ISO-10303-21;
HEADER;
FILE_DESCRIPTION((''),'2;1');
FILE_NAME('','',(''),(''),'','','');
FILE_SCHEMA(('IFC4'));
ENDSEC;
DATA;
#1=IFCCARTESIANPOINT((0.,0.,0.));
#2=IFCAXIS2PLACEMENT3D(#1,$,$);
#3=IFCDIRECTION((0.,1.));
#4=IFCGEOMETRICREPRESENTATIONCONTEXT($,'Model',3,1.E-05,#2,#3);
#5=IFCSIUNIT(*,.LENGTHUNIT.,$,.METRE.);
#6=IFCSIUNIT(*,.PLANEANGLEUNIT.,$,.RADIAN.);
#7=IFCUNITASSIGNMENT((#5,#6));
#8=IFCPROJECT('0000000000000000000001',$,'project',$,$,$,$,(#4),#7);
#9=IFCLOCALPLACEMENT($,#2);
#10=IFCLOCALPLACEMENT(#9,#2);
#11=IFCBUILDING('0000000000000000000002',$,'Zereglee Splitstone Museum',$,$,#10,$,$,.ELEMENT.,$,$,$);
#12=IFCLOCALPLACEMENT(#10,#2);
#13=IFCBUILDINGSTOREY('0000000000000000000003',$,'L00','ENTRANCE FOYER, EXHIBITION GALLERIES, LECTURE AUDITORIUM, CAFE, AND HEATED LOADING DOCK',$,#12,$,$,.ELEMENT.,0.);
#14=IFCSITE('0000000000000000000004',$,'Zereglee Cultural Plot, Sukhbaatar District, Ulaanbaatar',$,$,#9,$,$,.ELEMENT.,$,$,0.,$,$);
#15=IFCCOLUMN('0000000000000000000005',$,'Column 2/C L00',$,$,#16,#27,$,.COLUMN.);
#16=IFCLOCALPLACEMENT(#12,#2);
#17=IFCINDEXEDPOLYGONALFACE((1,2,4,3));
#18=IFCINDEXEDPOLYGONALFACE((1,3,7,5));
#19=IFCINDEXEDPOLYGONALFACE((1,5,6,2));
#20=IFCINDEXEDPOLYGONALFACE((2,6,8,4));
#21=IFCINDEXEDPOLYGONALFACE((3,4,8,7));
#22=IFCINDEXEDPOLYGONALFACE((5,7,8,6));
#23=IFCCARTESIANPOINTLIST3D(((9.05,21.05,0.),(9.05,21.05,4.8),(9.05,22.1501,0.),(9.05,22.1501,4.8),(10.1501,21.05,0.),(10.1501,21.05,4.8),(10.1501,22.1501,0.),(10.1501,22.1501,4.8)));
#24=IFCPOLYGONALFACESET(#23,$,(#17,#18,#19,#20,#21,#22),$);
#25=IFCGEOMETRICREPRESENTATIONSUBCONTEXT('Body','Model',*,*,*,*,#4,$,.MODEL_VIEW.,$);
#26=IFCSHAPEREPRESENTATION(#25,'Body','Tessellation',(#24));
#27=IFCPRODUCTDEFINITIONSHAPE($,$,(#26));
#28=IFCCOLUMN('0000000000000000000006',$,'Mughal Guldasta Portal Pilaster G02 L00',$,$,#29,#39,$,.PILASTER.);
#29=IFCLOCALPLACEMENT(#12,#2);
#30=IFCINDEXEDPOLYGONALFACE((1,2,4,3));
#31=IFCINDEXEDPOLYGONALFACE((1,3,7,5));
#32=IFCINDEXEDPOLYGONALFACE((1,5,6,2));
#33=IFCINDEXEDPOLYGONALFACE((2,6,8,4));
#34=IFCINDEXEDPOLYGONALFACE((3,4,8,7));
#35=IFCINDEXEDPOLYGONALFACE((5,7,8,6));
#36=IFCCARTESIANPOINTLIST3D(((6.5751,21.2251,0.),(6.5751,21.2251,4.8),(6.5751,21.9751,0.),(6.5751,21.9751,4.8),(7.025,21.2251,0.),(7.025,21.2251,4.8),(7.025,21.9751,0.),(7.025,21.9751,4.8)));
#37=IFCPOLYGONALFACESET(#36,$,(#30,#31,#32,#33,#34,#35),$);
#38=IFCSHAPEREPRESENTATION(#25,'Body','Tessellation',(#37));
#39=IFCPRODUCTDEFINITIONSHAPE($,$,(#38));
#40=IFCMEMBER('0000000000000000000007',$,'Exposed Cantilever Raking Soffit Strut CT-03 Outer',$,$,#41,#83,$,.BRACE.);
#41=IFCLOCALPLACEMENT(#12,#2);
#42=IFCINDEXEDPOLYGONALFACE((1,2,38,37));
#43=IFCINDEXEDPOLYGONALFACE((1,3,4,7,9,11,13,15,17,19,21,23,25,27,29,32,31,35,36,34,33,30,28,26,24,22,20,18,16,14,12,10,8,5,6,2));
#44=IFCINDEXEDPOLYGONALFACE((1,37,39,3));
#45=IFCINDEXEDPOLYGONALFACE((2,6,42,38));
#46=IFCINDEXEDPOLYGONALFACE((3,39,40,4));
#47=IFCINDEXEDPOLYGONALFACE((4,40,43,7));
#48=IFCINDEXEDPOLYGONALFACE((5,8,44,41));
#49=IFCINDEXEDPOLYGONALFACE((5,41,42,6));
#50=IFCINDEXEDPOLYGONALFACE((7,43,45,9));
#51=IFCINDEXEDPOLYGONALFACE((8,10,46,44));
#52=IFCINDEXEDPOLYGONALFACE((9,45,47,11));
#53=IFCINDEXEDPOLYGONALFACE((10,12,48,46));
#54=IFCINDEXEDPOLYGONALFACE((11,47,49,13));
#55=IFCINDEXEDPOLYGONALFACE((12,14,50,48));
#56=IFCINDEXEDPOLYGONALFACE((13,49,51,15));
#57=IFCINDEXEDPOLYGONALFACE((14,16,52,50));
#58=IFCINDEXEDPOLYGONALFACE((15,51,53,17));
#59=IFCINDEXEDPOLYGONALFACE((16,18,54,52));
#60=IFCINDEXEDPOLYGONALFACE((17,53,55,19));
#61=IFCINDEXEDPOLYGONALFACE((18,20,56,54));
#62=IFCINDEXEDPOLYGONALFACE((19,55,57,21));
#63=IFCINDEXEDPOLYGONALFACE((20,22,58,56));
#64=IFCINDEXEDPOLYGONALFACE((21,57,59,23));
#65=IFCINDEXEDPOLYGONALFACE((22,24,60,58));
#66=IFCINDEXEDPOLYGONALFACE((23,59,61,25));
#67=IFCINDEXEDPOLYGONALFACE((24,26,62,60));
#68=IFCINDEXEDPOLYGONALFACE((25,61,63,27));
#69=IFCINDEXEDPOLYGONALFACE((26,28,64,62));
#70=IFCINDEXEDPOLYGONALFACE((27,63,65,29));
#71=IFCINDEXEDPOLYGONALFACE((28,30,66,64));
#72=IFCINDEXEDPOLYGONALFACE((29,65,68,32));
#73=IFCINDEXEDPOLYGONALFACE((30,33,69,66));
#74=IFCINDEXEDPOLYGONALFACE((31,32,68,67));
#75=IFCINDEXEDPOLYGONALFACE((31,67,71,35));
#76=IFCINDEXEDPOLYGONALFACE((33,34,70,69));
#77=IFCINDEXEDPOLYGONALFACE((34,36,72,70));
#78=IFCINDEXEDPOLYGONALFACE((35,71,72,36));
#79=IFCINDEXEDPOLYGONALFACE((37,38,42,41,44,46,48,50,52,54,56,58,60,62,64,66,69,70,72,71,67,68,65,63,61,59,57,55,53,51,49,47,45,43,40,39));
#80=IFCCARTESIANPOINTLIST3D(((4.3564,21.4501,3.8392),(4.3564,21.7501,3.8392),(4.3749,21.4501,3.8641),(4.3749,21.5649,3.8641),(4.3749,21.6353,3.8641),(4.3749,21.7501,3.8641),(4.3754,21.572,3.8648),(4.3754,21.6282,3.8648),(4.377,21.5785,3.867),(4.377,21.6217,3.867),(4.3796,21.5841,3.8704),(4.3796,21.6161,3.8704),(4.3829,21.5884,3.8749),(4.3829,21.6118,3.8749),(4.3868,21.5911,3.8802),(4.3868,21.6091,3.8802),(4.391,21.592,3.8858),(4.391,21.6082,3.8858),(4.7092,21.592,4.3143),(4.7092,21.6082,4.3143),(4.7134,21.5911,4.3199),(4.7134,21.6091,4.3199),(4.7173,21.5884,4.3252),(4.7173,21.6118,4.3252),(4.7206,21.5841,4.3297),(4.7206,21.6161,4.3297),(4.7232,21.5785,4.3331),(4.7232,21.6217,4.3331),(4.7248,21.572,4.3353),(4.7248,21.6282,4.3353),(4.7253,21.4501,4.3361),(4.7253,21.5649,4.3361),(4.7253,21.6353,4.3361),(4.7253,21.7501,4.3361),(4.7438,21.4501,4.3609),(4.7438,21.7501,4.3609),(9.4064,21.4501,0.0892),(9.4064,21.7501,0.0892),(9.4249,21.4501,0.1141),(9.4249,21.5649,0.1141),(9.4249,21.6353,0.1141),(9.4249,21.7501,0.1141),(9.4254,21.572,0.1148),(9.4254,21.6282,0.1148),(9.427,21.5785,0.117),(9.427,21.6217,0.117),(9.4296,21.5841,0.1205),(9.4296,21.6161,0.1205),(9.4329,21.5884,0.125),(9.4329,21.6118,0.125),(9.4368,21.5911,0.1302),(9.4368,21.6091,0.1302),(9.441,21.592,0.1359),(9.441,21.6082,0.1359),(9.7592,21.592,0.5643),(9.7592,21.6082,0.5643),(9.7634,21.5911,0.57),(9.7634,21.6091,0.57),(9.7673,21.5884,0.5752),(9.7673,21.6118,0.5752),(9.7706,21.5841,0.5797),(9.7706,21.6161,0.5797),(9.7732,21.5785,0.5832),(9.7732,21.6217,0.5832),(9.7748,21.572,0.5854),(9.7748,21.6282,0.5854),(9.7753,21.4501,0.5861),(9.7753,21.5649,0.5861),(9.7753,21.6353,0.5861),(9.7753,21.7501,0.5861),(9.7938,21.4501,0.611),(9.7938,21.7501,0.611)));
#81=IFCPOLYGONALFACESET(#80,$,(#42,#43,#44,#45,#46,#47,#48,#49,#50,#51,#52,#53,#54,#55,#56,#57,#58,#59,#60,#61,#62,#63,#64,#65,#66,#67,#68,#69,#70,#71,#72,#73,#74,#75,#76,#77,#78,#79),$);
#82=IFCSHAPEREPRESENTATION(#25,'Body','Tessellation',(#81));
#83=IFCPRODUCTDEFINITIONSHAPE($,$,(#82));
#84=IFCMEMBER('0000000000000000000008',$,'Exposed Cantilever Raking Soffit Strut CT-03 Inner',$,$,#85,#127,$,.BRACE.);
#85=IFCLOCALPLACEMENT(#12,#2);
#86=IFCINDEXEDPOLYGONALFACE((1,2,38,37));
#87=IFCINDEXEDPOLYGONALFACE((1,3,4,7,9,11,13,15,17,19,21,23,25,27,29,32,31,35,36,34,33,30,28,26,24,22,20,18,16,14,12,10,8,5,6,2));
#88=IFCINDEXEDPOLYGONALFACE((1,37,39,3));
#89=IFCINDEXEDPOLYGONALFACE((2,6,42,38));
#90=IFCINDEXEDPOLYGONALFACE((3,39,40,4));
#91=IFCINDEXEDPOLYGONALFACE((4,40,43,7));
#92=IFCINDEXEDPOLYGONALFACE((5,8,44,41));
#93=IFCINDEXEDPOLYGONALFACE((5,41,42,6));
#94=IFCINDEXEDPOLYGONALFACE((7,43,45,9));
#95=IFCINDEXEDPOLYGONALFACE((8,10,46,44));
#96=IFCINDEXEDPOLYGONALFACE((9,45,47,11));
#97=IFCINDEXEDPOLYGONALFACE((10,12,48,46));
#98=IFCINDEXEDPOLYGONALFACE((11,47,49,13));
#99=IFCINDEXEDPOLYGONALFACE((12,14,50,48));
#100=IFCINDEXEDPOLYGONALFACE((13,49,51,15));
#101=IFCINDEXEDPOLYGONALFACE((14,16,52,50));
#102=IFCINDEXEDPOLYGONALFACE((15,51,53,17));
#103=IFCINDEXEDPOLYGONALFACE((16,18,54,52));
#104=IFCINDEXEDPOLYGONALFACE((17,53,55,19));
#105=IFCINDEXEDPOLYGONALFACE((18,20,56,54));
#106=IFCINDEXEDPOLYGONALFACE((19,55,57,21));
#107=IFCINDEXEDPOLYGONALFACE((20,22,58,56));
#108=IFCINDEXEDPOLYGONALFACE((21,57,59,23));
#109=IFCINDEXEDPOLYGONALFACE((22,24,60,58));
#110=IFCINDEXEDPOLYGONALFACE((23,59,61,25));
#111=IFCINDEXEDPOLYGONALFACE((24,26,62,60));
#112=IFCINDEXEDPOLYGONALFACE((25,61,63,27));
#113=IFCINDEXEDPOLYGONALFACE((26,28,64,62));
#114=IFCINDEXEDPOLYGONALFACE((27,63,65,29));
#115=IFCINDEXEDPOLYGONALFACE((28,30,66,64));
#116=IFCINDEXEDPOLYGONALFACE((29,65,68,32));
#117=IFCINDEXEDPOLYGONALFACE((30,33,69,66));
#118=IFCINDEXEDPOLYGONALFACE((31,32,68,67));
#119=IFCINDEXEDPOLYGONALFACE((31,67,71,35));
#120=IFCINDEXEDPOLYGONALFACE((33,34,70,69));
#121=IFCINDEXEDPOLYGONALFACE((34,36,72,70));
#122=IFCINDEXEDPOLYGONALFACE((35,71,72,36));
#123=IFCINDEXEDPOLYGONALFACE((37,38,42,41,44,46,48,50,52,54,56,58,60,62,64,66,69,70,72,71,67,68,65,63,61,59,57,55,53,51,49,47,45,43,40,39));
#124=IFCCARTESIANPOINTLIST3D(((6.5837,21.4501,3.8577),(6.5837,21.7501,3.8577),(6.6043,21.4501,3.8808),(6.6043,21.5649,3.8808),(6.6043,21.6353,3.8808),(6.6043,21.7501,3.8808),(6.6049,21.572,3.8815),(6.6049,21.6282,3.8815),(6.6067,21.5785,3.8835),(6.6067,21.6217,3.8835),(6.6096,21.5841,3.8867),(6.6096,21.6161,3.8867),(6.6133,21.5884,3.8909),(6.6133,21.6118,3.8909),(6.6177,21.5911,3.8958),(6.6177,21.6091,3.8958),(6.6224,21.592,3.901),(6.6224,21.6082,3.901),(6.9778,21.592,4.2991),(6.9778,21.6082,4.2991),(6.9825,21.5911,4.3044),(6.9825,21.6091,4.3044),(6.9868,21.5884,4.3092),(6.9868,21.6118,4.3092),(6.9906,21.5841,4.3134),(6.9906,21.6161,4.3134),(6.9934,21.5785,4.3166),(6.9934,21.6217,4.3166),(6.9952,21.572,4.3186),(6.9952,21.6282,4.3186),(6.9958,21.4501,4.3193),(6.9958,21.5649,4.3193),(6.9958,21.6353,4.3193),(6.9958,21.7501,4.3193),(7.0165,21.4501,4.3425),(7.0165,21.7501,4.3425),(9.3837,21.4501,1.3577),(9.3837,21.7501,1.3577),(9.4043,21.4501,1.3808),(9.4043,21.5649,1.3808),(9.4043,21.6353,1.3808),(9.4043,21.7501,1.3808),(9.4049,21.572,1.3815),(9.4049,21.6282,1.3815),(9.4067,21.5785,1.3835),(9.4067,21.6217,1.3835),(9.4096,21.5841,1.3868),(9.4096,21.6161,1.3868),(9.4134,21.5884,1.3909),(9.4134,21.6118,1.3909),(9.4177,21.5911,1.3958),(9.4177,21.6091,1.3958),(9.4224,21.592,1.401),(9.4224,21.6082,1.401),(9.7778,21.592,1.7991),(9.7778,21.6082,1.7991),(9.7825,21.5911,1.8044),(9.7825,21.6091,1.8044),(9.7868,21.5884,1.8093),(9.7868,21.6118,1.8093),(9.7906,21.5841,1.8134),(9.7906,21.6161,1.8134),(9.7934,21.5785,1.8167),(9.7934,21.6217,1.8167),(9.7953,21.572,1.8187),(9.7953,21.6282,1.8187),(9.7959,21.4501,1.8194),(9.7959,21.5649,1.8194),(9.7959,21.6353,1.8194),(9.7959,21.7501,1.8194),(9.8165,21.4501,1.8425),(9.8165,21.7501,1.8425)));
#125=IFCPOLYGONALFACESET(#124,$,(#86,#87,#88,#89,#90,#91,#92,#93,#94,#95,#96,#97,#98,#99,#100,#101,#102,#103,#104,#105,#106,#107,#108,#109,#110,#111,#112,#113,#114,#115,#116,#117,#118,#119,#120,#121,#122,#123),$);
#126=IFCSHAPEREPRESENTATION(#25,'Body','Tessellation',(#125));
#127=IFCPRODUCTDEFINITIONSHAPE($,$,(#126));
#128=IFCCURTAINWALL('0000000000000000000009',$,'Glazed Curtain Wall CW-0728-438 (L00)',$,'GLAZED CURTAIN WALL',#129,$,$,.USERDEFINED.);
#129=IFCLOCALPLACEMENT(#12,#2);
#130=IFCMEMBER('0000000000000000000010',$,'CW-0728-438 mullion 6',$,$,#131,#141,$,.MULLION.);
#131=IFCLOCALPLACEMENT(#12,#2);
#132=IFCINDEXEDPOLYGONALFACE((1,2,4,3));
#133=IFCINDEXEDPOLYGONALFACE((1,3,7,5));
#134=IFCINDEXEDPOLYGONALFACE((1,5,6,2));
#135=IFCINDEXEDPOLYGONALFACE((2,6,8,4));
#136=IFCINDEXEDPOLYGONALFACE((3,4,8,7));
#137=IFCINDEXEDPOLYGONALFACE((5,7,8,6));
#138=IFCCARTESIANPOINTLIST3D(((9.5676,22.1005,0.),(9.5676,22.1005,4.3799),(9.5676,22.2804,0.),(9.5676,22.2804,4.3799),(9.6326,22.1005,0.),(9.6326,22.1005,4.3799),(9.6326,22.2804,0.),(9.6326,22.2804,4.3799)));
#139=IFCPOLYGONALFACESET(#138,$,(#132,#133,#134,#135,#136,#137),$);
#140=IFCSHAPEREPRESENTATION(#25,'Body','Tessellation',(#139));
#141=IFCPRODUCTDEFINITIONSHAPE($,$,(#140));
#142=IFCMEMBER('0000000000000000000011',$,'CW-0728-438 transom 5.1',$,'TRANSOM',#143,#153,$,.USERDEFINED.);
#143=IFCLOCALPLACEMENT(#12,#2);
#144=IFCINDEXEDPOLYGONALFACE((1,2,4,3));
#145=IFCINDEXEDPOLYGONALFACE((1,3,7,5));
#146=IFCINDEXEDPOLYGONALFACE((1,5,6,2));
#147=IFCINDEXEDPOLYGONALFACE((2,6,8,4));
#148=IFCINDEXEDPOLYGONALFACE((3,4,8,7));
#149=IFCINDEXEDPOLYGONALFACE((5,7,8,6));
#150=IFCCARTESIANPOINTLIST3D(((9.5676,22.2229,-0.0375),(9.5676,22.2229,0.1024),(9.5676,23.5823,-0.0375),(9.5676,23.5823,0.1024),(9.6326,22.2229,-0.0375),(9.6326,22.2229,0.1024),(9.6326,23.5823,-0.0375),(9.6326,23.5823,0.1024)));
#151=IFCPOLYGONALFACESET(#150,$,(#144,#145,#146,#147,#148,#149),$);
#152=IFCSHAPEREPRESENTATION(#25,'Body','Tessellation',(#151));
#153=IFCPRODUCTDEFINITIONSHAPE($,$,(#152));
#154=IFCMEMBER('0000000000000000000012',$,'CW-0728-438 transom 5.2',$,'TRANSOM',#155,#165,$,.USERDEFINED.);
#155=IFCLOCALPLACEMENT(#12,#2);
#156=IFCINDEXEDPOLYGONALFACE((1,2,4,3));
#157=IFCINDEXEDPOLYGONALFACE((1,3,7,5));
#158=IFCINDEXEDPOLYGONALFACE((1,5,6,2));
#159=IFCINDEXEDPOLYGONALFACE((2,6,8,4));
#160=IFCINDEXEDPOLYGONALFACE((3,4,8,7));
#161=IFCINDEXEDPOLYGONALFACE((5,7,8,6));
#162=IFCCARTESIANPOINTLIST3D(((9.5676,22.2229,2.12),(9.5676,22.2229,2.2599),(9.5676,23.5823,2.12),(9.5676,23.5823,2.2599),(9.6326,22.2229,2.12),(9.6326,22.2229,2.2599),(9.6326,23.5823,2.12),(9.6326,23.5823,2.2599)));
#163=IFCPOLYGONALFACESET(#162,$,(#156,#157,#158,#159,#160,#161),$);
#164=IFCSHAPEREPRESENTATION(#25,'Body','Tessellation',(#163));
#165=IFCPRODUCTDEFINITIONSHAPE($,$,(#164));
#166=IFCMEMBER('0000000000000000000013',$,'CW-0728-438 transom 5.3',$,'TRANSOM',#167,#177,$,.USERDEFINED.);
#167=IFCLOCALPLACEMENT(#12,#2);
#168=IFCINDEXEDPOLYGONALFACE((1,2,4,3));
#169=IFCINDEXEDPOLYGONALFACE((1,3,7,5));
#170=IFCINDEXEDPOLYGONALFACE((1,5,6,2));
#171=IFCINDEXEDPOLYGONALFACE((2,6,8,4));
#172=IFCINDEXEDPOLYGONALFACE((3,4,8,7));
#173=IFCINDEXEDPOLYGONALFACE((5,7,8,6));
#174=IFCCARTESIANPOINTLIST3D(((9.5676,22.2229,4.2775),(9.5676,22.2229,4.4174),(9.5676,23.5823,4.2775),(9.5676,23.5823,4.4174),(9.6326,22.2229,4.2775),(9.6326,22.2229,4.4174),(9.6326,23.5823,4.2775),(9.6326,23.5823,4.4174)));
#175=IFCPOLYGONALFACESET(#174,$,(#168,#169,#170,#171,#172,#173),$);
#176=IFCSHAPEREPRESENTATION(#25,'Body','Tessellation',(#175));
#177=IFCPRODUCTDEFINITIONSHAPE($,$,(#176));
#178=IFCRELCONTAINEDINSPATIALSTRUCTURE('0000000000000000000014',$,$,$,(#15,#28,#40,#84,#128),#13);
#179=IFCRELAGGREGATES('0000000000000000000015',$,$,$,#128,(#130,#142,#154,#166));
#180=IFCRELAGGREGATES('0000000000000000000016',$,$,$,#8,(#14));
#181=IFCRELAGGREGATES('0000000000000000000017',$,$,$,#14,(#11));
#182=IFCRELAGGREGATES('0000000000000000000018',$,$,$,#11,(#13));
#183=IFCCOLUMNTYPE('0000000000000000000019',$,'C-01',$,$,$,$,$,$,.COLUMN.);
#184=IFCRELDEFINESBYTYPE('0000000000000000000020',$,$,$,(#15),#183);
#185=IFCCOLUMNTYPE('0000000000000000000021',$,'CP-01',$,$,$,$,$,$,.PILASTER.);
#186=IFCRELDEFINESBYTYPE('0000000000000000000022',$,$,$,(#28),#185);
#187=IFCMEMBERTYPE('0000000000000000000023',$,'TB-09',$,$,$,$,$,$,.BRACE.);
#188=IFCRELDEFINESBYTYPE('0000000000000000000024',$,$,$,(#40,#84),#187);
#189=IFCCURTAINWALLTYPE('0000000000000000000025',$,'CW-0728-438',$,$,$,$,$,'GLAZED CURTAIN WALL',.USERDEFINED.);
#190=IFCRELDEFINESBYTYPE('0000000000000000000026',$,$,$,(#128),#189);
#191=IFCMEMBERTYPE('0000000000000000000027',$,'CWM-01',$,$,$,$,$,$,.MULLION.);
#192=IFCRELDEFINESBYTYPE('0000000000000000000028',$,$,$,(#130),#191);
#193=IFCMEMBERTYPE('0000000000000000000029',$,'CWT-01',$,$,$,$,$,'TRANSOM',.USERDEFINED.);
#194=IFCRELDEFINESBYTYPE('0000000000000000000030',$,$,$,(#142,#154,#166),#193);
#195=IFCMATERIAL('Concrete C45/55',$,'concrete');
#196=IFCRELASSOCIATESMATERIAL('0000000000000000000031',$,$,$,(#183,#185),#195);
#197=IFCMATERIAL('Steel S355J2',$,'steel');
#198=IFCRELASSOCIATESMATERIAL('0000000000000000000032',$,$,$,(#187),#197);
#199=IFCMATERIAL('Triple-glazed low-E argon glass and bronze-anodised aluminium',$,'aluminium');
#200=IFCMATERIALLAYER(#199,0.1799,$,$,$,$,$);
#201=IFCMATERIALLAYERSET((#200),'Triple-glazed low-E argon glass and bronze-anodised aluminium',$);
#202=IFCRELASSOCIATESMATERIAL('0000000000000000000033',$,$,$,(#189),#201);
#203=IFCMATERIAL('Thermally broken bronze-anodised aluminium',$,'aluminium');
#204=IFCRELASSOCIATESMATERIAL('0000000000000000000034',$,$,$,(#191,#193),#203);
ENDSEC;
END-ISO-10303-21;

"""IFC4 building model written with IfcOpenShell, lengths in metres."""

from ifc_helpers import new_model, si_unit, direction, frame, origin, origin_2d, place, context, subcontext, project, spatial, rectangle, i_section, extrude, material, layer, layer_set, material_profile, profile_set, type_object, element, aggregate, save


model = new_model("IFC4")

# Units and contexts
model_context = context("Model", 3, precision=1e-05, world=origin(), true_north=direction((0.0, 1.0)))
body_context = subcontext(model_context, "Body", "Model", "MODEL_VIEW")
ifc_project = project(units=[si_unit("LENGTHUNIT", "METRE"), si_unit("PLANEANGLEUNIT", "RADIAN")], contexts=[model_context])

# Site, building, storey
site_placement = place(None, origin())
site = spatial("IfcSite", under=ifc_project, at=site_placement, Name="Zereglee Cultural Plot, Sukhbaatar District, Ulaanbaatar", CompositionType="ELEMENT", RefElevation=0.0)
building_placement = place(site_placement, origin())
building = spatial("IfcBuilding", under=site, at=building_placement, Name="Zereglee Splitstone Museum", CompositionType="ELEMENT")
storey_placement = place(building_placement, origin())
storey = spatial("IfcBuildingStorey", under=building, at=storey_placement, Name="L00", Description="ENTRANCE FOYER, EXHIBITION GALLERIES, LECTURE AUDITORIUM, CAFE, AND HEATED LOADING DOCK", CompositionType="ELEMENT", Elevation=0.0)

# Columns
ifc_material_1 = material(Name="Concrete C45/55", Category="concrete")
ifc_material_profile_1 = material_profile(ifc_material_1, rectangle(XDim=1.1001, YDim=1.1001, at=origin_2d()), Name="RC 1100x1100")
ifc_profile_set_1 = profile_set([ifc_material_profile_1], Name="Concrete C45/55")
column_type_1 = type_object("IfcColumnType", Name="C-01", PredefinedType="COLUMN", material=ifc_profile_set_1)
column_1_placement = place(storey_placement, frame((9.6001, 21.6001, 0.0), z_axis=(0.0, 0.0, 1.0), x_axis=(1.0, 0.0, 0.0)))
element("IfcColumn", 1, at=column_1_placement, inside=storey, type_object=column_type_1, Name="Column 2/C L00", PredefinedType="COLUMN", context=body_context, shape_type="SweptSolid", body=[
    extrude(rectangle(XDim=1.1001, YDim=1.1001, at=origin_2d()), origin(), (0.0, 0.0, 1.0), 4.8),
])
ifc_material_profile_2 = material_profile(ifc_material_1, rectangle(XDim=0.45, YDim=0.75, at=origin_2d()), Name="RC 450x750")
ifc_profile_set_2 = profile_set([ifc_material_profile_2], Name="Concrete C45/55")
column_type_2 = type_object("IfcColumnType", Name="CP-01", PredefinedType="PILASTER", material=ifc_profile_set_2)
column_2_placement = place(storey_placement, frame((6.8, 21.6001, 0.0), z_axis=(0.0, 0.0, 1.0), x_axis=(1.0, 0.0, 0.0)))
element("IfcColumn", 2, at=column_2_placement, inside=storey, type_object=column_type_2, Name="Mughal Guldasta Portal Pilaster G02 L00", PredefinedType="PILASTER", context=body_context, shape_type="SweptSolid", body=[
    extrude(rectangle(XDim=0.45, YDim=0.75, at=origin_2d()), origin(), (0.0, 0.0, 1.0), 4.8),
])

# Members
ifc_material_2 = material(Name="Steel S355J2", Category="steel")
ifc_material_profile_3 = material_profile(ifc_material_2, i_section(OverallWidth=0.3, OverallDepth=0.6499, WebThickness=0.0161, FlangeThickness=0.031, FilletRadius=0.0271, at=origin_2d()), Name="HE 650 B")
ifc_profile_set_3 = profile_set([ifc_material_profile_3], Name="Steel S355J2")
member_type_1 = type_object("IfcMemberType", Name="TB-09", PredefinedType="BRACE", material=ifc_profile_set_3)
member_1_placement = place(storey_placement, frame((9.6001, 21.6001, 0.3501), z_axis=(-0.802855, 0.0, 0.596174), x_axis=(0.0, -1.0, 0.0)))
element("IfcMember", 3, at=member_1_placement, inside=storey, type_object=member_type_1, Name="Exposed Cantilever Raking Soffit Strut CT-03 Outer", PredefinedType="BRACE", context=body_context, shape_type="SweptSolid", body=[
    extrude(i_section(OverallWidth=0.3, OverallDepth=0.6499, WebThickness=0.0161, FlangeThickness=0.031, FilletRadius=0.0271, at=origin_2d()), origin(), (0.0, 0.0, 1.0), 6.29),
])
member_2_placement = place(storey_placement, frame((9.6001, 21.6001, 1.6001), z_axis=(-0.745943, 0.0, 0.666009), x_axis=(0.0, -1.0, 0.0)))
element("IfcMember", 4, at=member_2_placement, inside=storey, type_object=member_type_1, Name="Exposed Cantilever Raking Soffit Strut CT-03 Inner", PredefinedType="BRACE", context=body_context, shape_type="SweptSolid", body=[
    extrude(i_section(OverallWidth=0.3, OverallDepth=0.6499, WebThickness=0.0161, FlangeThickness=0.031, FilletRadius=0.0271, at=origin_2d()), origin(), (0.0, 0.0, 1.0), 3.7537),
])

# Curtain wall, members
ifc_material_3 = material(Name="Triple-glazed low-E argon glass and bronze-anodised aluminium", Category="aluminium")
ifc_layer_1 = layer(ifc_material_3, 0.1799)
ifc_layer_set_1 = layer_set([ifc_layer_1], Name="Triple-glazed low-E argon glass and bronze-anodised aluminium")
curtain_wall_type = type_object("IfcCurtainWallType", Name="CW-0728-438", ElementType="GLAZED CURTAIN WALL", PredefinedType="USERDEFINED", material=ifc_layer_set_1)
curtain_wall_placement = place(storey_placement, origin())
curtain_wall = element("IfcCurtainWall", 5, at=curtain_wall_placement, inside=storey, type_object=curtain_wall_type, Name="Glazed Curtain Wall CW-0728-438 (L00)", ObjectType="GLAZED CURTAIN WALL", PredefinedType="USERDEFINED")
ifc_material_4 = material(Name="Thermally broken bronze-anodised aluminium", Category="aluminium")
ifc_material_profile_4 = material_profile(ifc_material_4, rectangle(XDim=0.0649, YDim=0.1799, at=origin_2d()), Name="CW MULL 65x180")
ifc_profile_set_4 = profile_set([ifc_material_profile_4], Name="Thermally broken bronze-anodised aluminium")
member_type_2 = type_object("IfcMemberType", Name="CWM-01", PredefinedType="MULLION", material=ifc_profile_set_4)
member_3_placement = place(storey_placement, frame((9.6001, 22.1904, 0.0), z_axis=(0.0, 0.0, 1.0), x_axis=(1.0, 0.0, 0.0)))
member_3 = element("IfcMember", 6, at=member_3_placement, type_object=member_type_2, Name="CW-0728-438 mullion 6", PredefinedType="MULLION", context=body_context, shape_type="SweptSolid", body=[
    extrude(rectangle(XDim=0.0649, YDim=0.1799, at=origin_2d()), origin(), (0.0, 0.0, 1.0), 4.3799),
])
ifc_material_profile_5 = material_profile(ifc_material_4, rectangle(XDim=0.0649, YDim=0.1399, at=origin_2d()), Name="CW TRAN 65x140")
ifc_profile_set_5 = profile_set([ifc_material_profile_5], Name="Thermally broken bronze-anodised aluminium")
member_type_3 = type_object("IfcMemberType", Name="CWT-01", ElementType="TRANSOM", PredefinedType="USERDEFINED", material=ifc_profile_set_5)
member_4_placement = place(storey_placement, frame((9.6001, 23.5823, 0.0325), z_axis=(0.0, -1.0, 0.0), x_axis=(1.0, 0.0, 0.0)))
member_4 = element("IfcMember", 7, at=member_4_placement, type_object=member_type_3, Name="CW-0728-438 transom 5.1", ObjectType="TRANSOM", PredefinedType="USERDEFINED", context=body_context, shape_type="SweptSolid", body=[
    extrude(rectangle(XDim=0.0649, YDim=0.1399, at=origin_2d()), origin(), (0.0, 0.0, 1.0), 1.3594),
])
member_5_placement = place(storey_placement, frame((9.6001, 23.5823, 2.1899), z_axis=(0.0, -1.0, 0.0), x_axis=(1.0, 0.0, 0.0)))
member_5 = element("IfcMember", 8, at=member_5_placement, type_object=member_type_3, Name="CW-0728-438 transom 5.2", ObjectType="TRANSOM", PredefinedType="USERDEFINED", context=body_context, shape_type="SweptSolid", body=[
    extrude(rectangle(XDim=0.0649, YDim=0.1399, at=origin_2d()), origin(), (0.0, 0.0, 1.0), 1.3594),
])
member_6_placement = place(storey_placement, frame((9.6001, 23.5823, 4.3474), z_axis=(0.0, -1.0, 0.0), x_axis=(1.0, 0.0, 0.0)))
member_6 = element("IfcMember", 9, at=member_6_placement, type_object=member_type_3, Name="CW-0728-438 transom 5.3", ObjectType="TRANSOM", PredefinedType="USERDEFINED", context=body_context, shape_type="SweptSolid", body=[
    extrude(rectangle(XDim=0.0649, YDim=0.1399, at=origin_2d()), origin(), (0.0, 0.0, 1.0), 1.3594),
])

aggregate(curtain_wall, [member_3, member_4, member_5, member_6])

save(model, "model.ifc")
